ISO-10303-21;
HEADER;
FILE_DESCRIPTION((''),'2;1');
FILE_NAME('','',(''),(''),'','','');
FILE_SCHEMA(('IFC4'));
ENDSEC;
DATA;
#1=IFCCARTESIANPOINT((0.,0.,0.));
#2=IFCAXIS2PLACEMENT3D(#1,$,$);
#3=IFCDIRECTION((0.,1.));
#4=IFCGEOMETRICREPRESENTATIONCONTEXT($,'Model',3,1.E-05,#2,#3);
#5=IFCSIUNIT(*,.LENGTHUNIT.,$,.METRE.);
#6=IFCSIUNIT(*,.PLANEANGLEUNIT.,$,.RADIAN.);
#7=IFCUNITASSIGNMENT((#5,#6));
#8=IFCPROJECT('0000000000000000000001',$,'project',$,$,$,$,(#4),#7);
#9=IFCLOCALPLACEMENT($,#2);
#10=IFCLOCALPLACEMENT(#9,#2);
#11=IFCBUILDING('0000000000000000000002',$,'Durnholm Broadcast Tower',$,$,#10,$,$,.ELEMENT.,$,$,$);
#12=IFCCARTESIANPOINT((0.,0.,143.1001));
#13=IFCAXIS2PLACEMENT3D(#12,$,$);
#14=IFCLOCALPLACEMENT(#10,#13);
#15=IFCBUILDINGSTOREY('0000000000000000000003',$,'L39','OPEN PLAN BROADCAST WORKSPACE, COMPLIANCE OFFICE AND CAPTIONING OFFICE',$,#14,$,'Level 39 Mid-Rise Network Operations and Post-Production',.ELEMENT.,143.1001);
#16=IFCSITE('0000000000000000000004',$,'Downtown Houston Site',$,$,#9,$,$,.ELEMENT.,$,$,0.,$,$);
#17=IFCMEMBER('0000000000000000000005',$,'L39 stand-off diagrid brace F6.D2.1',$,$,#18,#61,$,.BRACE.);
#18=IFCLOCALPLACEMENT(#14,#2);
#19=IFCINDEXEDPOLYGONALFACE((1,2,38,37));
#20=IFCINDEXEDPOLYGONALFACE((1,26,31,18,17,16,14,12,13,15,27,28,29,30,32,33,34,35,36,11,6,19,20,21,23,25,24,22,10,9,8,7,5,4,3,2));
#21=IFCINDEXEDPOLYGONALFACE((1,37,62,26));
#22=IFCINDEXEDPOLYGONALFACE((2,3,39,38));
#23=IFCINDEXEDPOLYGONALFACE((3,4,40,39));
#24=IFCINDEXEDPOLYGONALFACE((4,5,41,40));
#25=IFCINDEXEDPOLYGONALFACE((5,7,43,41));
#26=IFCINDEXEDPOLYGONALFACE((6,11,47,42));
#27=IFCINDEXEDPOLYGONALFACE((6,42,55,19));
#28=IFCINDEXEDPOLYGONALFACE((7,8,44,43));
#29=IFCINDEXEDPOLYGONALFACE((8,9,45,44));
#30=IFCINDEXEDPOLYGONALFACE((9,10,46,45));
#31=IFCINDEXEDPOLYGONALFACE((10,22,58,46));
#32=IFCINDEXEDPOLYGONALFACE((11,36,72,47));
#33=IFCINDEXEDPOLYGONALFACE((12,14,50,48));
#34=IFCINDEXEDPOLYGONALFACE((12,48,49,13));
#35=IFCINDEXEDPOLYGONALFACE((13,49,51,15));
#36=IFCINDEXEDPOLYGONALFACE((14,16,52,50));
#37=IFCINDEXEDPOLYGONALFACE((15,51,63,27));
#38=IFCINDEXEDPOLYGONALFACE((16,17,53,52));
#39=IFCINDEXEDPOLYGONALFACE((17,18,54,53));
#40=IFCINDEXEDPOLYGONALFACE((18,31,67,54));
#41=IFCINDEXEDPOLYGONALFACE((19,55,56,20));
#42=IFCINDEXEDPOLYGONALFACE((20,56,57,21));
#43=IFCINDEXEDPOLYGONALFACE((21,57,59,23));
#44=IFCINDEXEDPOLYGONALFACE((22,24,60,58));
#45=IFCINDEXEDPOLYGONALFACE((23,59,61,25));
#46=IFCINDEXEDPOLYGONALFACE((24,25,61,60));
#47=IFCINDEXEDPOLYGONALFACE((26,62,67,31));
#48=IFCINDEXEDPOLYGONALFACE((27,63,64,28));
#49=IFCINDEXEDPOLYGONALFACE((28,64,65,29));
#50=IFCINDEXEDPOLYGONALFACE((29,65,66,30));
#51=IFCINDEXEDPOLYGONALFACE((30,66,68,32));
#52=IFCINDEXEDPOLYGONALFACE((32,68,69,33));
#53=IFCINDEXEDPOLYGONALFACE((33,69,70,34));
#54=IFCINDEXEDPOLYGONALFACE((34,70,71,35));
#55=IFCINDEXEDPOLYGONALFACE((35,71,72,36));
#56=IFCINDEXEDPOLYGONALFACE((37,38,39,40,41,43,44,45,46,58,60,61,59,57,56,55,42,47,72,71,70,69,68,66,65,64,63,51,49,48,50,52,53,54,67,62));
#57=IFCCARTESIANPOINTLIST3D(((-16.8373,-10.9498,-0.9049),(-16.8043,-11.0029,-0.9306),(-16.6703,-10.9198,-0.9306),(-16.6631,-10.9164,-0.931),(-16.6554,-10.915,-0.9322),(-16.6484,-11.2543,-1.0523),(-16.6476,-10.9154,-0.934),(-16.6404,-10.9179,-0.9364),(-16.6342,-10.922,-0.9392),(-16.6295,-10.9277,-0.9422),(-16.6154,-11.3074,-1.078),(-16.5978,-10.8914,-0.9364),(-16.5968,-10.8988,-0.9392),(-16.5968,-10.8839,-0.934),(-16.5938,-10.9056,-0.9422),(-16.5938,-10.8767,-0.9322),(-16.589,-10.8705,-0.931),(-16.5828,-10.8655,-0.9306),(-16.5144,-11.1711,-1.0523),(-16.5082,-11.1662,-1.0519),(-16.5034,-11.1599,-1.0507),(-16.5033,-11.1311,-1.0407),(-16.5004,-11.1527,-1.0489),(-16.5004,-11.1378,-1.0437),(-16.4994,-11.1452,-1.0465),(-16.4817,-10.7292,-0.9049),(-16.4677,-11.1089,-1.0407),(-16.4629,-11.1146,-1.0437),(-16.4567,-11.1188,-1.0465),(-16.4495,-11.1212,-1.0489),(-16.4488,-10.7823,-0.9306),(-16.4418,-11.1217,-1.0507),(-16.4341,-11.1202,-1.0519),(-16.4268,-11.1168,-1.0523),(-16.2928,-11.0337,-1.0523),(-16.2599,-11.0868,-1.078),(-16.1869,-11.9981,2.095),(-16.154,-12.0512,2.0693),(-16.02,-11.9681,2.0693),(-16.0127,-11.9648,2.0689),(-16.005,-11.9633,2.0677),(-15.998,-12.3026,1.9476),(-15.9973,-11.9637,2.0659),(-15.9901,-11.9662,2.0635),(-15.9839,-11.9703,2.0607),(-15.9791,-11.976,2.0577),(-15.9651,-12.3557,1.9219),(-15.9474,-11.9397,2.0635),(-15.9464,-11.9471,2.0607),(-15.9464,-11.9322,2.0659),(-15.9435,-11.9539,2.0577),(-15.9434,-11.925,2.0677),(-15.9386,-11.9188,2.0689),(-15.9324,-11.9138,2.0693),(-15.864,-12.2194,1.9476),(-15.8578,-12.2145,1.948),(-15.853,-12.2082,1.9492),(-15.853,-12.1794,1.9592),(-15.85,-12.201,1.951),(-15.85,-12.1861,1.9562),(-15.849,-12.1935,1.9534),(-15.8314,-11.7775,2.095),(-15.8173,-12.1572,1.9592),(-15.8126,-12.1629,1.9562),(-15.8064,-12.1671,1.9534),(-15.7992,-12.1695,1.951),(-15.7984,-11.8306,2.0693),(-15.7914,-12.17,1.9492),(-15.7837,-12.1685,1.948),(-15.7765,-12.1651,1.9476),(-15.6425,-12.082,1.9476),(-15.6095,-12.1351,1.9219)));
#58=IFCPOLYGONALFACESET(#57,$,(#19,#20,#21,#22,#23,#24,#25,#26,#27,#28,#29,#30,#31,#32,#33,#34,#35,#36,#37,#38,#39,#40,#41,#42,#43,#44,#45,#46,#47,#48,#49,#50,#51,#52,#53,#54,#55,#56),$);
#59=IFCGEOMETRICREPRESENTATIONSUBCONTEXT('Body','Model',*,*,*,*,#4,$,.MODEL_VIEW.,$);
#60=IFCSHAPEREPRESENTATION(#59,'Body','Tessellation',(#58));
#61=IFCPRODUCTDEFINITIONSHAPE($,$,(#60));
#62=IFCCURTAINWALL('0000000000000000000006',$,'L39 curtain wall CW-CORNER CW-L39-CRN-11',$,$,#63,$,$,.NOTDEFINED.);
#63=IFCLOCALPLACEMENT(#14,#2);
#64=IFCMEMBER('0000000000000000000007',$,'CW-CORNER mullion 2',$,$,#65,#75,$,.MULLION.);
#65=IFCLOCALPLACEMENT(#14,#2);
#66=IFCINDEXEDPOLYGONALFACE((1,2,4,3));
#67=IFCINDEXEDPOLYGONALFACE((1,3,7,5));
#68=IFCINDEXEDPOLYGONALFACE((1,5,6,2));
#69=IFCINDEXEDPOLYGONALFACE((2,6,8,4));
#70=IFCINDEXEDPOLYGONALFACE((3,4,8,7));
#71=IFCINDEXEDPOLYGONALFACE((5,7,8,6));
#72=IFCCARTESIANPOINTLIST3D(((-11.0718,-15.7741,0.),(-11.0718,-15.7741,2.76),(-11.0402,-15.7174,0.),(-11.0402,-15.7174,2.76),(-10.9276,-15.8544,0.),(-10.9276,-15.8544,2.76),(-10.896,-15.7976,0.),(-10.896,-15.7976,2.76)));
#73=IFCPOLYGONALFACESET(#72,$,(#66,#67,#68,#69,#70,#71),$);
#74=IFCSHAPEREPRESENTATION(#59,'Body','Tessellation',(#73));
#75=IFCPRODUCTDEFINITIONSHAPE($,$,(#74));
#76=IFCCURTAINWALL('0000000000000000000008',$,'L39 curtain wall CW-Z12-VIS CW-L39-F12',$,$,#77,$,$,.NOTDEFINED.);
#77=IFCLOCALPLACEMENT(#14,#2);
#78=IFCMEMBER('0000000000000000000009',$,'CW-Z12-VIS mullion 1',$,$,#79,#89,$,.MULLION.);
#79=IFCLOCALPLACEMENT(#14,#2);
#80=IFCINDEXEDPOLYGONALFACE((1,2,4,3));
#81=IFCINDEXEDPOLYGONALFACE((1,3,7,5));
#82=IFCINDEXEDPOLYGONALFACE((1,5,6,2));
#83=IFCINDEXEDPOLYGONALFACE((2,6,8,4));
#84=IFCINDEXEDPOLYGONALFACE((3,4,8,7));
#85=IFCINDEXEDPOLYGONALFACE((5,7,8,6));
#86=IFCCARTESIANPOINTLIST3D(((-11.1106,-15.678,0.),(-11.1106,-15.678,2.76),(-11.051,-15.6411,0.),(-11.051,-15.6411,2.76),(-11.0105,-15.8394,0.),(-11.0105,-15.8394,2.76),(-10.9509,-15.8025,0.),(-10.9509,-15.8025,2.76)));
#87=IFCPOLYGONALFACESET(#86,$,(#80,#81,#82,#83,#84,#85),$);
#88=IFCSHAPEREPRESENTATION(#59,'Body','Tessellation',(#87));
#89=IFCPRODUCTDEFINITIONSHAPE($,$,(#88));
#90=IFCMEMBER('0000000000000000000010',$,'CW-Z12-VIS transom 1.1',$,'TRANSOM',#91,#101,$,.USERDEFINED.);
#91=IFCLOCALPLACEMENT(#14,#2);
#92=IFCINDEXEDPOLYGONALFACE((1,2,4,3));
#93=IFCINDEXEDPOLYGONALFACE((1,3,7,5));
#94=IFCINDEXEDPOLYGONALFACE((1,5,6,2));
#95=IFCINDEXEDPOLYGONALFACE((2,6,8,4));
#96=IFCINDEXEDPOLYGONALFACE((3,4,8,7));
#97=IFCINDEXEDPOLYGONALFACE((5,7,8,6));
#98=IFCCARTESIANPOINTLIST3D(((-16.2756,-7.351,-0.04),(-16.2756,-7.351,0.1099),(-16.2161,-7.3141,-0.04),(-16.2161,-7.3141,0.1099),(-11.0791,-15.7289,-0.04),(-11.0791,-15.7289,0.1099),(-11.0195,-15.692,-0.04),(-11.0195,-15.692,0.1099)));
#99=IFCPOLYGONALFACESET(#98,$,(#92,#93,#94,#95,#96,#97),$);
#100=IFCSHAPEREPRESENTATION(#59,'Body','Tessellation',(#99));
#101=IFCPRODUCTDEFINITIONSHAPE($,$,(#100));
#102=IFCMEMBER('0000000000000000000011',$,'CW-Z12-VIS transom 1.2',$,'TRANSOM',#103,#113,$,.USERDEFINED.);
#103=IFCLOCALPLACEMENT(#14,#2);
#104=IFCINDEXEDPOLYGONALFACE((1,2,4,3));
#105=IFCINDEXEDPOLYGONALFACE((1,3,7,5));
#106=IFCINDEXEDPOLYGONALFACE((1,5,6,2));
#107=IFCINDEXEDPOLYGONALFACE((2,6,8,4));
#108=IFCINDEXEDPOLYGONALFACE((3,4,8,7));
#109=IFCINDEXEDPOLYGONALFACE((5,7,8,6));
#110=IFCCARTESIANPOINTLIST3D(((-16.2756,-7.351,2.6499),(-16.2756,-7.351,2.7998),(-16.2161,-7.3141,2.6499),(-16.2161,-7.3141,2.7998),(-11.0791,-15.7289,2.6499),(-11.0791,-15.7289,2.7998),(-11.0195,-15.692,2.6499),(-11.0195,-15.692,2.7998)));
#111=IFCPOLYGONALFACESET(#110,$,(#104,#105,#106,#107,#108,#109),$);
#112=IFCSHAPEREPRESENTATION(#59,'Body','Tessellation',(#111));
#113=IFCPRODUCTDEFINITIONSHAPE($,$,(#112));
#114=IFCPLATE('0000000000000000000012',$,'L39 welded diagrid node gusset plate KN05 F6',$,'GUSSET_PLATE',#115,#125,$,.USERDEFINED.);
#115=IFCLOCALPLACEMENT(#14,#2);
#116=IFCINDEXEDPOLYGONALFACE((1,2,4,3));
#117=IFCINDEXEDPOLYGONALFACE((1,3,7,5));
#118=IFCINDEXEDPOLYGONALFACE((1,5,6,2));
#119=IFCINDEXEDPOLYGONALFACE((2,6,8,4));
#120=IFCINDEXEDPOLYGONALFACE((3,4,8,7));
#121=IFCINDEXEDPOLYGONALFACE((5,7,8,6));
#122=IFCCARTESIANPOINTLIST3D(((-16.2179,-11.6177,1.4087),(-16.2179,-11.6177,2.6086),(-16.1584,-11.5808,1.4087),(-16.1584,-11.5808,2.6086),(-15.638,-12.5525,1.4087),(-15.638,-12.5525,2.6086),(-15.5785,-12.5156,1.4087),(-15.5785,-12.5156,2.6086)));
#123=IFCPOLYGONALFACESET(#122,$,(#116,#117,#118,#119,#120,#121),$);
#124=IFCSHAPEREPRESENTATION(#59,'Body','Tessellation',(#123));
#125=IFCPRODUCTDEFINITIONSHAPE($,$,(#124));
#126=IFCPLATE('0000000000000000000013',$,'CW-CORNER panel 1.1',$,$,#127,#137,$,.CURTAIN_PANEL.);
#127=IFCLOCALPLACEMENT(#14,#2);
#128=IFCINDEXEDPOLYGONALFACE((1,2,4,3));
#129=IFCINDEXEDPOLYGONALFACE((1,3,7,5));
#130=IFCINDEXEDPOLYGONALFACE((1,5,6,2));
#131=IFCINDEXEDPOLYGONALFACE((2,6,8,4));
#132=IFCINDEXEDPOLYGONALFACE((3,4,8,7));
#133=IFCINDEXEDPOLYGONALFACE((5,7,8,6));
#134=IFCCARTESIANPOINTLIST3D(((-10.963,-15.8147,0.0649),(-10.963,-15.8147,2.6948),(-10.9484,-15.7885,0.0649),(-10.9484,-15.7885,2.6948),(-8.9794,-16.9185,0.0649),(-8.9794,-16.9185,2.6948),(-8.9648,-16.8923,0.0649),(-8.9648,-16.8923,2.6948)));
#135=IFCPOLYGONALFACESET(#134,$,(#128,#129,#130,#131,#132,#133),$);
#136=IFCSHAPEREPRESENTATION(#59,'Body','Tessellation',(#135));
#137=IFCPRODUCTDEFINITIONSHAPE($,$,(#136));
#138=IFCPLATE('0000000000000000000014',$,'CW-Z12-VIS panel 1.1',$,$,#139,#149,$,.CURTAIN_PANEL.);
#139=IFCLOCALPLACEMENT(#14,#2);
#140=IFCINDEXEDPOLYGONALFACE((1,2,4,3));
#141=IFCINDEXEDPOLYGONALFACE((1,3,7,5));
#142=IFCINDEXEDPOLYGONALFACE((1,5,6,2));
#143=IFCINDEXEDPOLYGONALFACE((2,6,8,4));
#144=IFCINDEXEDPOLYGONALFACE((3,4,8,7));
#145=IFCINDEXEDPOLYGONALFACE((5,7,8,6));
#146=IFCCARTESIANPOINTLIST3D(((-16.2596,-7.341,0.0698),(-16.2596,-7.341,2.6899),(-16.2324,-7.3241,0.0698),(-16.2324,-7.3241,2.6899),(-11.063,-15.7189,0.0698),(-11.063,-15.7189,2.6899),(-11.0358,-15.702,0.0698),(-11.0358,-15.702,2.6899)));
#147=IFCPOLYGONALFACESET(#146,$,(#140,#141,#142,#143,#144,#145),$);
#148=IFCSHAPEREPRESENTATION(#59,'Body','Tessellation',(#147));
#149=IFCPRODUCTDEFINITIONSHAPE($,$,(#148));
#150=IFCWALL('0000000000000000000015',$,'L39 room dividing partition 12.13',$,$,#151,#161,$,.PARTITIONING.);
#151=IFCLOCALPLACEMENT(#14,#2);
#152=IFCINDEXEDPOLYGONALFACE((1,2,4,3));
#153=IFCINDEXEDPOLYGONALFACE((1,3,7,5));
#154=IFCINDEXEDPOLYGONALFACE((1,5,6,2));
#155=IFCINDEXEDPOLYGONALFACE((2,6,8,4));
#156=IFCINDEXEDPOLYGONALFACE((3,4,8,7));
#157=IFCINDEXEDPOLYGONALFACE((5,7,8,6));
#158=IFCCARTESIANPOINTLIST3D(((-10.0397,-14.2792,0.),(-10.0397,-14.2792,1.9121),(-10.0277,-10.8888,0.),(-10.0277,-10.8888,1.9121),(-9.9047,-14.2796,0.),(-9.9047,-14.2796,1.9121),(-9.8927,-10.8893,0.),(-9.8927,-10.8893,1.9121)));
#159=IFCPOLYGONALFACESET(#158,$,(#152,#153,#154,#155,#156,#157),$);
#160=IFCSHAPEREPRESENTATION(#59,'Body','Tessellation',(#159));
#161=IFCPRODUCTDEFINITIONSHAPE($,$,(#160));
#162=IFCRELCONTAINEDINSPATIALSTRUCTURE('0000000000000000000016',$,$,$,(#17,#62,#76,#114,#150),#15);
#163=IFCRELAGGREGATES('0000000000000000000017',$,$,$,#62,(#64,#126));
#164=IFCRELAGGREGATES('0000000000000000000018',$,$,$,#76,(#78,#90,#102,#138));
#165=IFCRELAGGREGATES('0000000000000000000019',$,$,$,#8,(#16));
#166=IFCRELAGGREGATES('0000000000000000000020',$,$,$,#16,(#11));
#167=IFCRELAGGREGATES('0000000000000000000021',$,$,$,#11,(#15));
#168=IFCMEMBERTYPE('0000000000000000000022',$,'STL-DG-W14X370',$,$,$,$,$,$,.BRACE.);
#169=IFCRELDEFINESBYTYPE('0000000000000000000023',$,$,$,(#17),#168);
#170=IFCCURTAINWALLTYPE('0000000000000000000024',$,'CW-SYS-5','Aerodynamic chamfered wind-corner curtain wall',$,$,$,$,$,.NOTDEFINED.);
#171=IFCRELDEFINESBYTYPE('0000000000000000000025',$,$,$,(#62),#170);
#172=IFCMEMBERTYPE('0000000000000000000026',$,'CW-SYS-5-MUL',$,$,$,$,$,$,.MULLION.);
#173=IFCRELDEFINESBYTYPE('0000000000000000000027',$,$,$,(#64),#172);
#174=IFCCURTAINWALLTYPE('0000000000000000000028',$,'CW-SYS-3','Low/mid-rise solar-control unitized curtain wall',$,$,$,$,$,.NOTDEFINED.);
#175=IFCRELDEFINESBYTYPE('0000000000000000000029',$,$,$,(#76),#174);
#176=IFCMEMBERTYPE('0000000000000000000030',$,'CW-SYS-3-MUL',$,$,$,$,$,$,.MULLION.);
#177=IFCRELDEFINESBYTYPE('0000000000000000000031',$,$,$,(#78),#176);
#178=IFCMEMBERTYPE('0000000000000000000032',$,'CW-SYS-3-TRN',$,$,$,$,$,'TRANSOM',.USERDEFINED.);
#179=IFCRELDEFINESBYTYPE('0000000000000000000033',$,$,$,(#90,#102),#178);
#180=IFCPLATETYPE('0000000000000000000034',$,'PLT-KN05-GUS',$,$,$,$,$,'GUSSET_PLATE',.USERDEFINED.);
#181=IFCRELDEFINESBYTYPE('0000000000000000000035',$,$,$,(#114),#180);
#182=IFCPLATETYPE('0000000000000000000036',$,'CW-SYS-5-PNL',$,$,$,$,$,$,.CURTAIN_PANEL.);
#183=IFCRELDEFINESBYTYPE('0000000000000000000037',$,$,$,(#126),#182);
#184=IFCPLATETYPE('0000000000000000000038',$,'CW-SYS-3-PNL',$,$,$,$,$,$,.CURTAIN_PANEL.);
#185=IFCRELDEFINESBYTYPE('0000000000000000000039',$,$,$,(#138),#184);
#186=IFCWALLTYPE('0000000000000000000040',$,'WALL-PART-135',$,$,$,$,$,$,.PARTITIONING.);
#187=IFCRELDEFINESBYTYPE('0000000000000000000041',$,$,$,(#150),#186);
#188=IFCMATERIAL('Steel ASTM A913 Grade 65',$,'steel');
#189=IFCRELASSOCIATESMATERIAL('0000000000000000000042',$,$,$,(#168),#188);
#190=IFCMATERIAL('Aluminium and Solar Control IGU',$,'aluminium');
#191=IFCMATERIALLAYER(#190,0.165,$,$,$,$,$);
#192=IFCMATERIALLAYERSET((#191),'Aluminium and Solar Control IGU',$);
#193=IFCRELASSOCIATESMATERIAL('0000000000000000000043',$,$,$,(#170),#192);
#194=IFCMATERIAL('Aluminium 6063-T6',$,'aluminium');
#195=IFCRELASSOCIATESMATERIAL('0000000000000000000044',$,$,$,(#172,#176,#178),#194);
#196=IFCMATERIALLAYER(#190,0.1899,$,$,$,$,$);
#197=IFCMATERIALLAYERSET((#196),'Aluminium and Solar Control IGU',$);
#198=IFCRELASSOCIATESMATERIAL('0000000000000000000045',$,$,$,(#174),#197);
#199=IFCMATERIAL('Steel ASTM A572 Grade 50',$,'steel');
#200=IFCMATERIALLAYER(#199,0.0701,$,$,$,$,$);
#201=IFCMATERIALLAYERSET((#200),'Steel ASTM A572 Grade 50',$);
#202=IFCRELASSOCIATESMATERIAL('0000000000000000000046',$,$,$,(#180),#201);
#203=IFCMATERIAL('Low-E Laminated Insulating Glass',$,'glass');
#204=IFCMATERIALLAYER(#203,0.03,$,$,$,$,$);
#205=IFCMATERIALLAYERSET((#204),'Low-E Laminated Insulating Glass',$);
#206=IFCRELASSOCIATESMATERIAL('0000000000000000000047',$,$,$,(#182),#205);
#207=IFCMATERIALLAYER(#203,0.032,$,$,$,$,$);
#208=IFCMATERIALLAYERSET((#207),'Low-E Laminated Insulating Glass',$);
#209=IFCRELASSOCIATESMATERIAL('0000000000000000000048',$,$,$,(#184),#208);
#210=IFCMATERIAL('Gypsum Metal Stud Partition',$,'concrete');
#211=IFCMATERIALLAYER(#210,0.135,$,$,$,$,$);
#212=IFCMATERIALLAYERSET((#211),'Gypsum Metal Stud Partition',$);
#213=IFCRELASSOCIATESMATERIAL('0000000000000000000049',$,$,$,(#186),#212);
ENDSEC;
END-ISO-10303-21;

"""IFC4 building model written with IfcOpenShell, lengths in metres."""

from ifc_helpers import new_model, si_unit, direction, frame, frame_2d, origin, origin_2d, place, context, subcontext, project, spatial, rectangle, i_section, extrude, source, transform, mapped, material, layer, layer_set, material_profile, profile_set, type_object, type_shapes, element, aggregate, save


model = new_model("IFC4")

# Units and contexts
model_context = context("Model", 3, precision=1e-05, world=origin(), true_north=direction((0.0, 1.0)))
body_context = subcontext(model_context, "Body", "Model", "MODEL_VIEW")
ifc_project = project(units=[si_unit("LENGTHUNIT", "METRE"), si_unit("PLANEANGLEUNIT", "RADIAN")], contexts=[model_context])

# Site, building, storey
site_placement = place(None, origin())
site = spatial("IfcSite", under=ifc_project, at=site_placement, Name="Downtown Houston Site", CompositionType="ELEMENT", RefElevation=0.0)
building_placement = place(site_placement, origin())
building = spatial("IfcBuilding", under=site, at=building_placement, Name="Durnholm Broadcast Tower", CompositionType="ELEMENT")
storey_placement = place(building_placement, frame((0.0, 0.0, 143.1001)))
storey = spatial("IfcBuildingStorey", under=building, at=storey_placement, Name="L39", Description="OPEN PLAN BROADCAST WORKSPACE, COMPLIANCE OFFICE AND CAPTIONING OFFICE", LongName="Level 39 Mid-Rise Network Operations and Post-Production", CompositionType="ELEMENT", Elevation=143.1001)

# Member
ifc_material_1 = material(Name="Steel ASTM A913 Grade 65", Category="steel")
ifc_material_profile_1 = material_profile(ifc_material_1, i_section(OverallWidth=0.4185, OverallDepth=0.4551, WebThickness=0.042, FlangeThickness=0.0676, FilletRadius=0.0305, at=origin_2d()), Name="W14X370")
ifc_profile_set_1 = profile_set([ifc_material_profile_1], Name="Steel ASTM A913 Grade 65")
member_type_1 = type_object("IfcMemberType", Name="STL-DG-W14X370", PredefinedType="BRACE", material=ifc_profile_set_1)
shared_shape_1 = source(origin(), body_context, "Body", "SweptSolid", [
    extrude(i_section(OverallWidth=0.4185, OverallDepth=0.4551, WebThickness=0.042, FlangeThickness=0.0676, FilletRadius=0.0305, at=origin_2d()), origin(), (0.0, 0.0, 1.0), 3.2437),
])
member_1_placement = place(storey_placement, frame((-16.5486, -11.0183, -0.9915), z_axis=(0.200505, -0.323186, 0.924851), x_axis=(0.84975, 0.527186, 0.0)))
element("IfcMember", 1, at=member_1_placement, inside=storey, type_object=member_type_1, Name="L39 stand-off diagrid brace F6.D2.1", PredefinedType="BRACE", context=body_context, shape_type="MappedRepresentation", body=[
    mapped(shared_shape_1, transform((0.0, 0.0, 0.0), x_axis=(1.0, 0.0, 0.0), y_axis=(0.0, 1.0, 0.0), z_axis=(0.0, 0.0, 1.0), scale=1.0)),
])

# Curtain wall, member
ifc_material_2 = material(Name="Aluminium and Solar Control IGU", Category="aluminium")
ifc_layer_1 = layer(ifc_material_2, 0.165)
ifc_layer_set_1 = layer_set([ifc_layer_1], Name="Aluminium and Solar Control IGU")
curtain_wall_type_1 = type_object("IfcCurtainWallType", Name="CW-SYS-5", Description="Aerodynamic chamfered wind-corner curtain wall", PredefinedType="NOTDEFINED", material=ifc_layer_set_1)
curtain_wall_1_placement = place(storey_placement, origin())
curtain_wall_1 = element("IfcCurtainWall", 2, at=curtain_wall_1_placement, inside=storey, type_object=curtain_wall_type_1, Name="L39 curtain wall CW-CORNER CW-L39-CRN-11", PredefinedType="NOTDEFINED")
ifc_material_3 = material(Name="Aluminium 6063-T6", Category="aluminium")
ifc_material_profile_2 = material_profile(ifc_material_3, rectangle(XDim=0.0649, YDim=0.165, at=origin_2d()), Name="CWM65X165")
ifc_profile_set_2 = profile_set([ifc_material_profile_2], Name="Aluminium 6063-T6")
member_type_2 = type_object("IfcMemberType", Name="CW-SYS-5-MUL", PredefinedType="MULLION", material=ifc_profile_set_2)
shared_shape_2 = source(origin(), body_context, "Body", "SweptSolid", [
    extrude(rectangle(XDim=0.0649, YDim=0.165, at=origin_2d()), origin(), (0.0, 0.0, 1.0), 2.76),
])
type_shapes(member_type_2, [shared_shape_2])
member_2_placement = place(storey_placement, frame((-10.9839, -15.7859, 0.0), z_axis=(0.0, 0.0, 1.0), x_axis=(-0.486244, -0.873823, 0.0)))
member_2 = element("IfcMember", 3, at=member_2_placement, type_object=member_type_2, Name="CW-CORNER mullion 2", PredefinedType="MULLION", context=body_context, shape_type="MappedRepresentation", body=[
    mapped(shared_shape_2, transform((0.0, 0.0, 0.0), x_axis=(1.0, 0.0, 0.0), y_axis=(0.0, 1.0, 0.0), z_axis=(0.0, 0.0, 1.0), scale=1.0)),
])

# Curtain wall, members
ifc_layer_2 = layer(ifc_material_2, 0.1899)
ifc_layer_set_2 = layer_set([ifc_layer_2], Name="Aluminium and Solar Control IGU")
curtain_wall_type_2 = type_object("IfcCurtainWallType", Name="CW-SYS-3", Description="Low/mid-rise solar-control unitized curtain wall", PredefinedType="NOTDEFINED", material=ifc_layer_set_2)
curtain_wall_2_placement = place(storey_placement, origin())
curtain_wall_2 = element("IfcCurtainWall", 4, at=curtain_wall_2_placement, inside=storey, type_object=curtain_wall_type_2, Name="L39 curtain wall CW-Z12-VIS CW-L39-F12", PredefinedType="NOTDEFINED")
ifc_material_profile_3 = material_profile(ifc_material_3, rectangle(XDim=0.0701, YDim=0.1899, at=origin_2d()), Name="CWM70X190")
ifc_profile_set_3 = profile_set([ifc_material_profile_3], Name="Aluminium 6063-T6")
member_type_3 = type_object("IfcMemberType", Name="CW-SYS-3-MUL", PredefinedType="MULLION", material=ifc_profile_set_3)
shared_shape_3 = source(origin(), body_context, "Body", "SweptSolid", [
    extrude(rectangle(XDim=0.0701, YDim=0.1899, at=origin_2d()), origin(), (0.0, 0.0, 1.0), 2.76),
])
type_shapes(member_type_3, [shared_shape_3])
member_3_placement = place(storey_placement, frame((-11.0308, -15.7402, 0.0), z_axis=(0.0, 0.0, 1.0), x_axis=(-0.8498, -0.527105, 0.0)))
member_3 = element("IfcMember", 5, at=member_3_placement, type_object=member_type_3, Name="CW-Z12-VIS mullion 1", PredefinedType="MULLION", context=body_context, shape_type="MappedRepresentation", body=[
    mapped(shared_shape_3, transform((0.0, 0.0, 0.0), x_axis=(1.0, 0.0, 0.0), y_axis=(0.0, 1.0, 0.0), z_axis=(0.0, 0.0, 1.0), scale=1.0)),
])
ifc_material_profile_4 = material_profile(ifc_material_3, rectangle(XDim=0.0701, YDim=0.1499, at=origin_2d()), Name="CWT70X150")
ifc_profile_set_4 = profile_set([ifc_material_profile_4], Name="Aluminium 6063-T6")
member_type_4 = type_object("IfcMemberType", Name="CW-SYS-3-TRN", ElementType="TRANSOM", PredefinedType="USERDEFINED", material=ifc_profile_set_4)
shared_shape_4 = source(origin(), body_context, "Body", "SweptSolid", [
    extrude(rectangle(XDim=0.0701, YDim=0.1499, at=origin_2d()), origin(), (0.0, 0.0, 1.0), 9.8586),
])
type_shapes(member_type_4, [shared_shape_4])
member_4_placement = place(storey_placement, frame((-11.0493, -15.7104, 0.0349), z_axis=(-0.527102, 0.849802, 0.0), x_axis=(-0.849802, -0.527102, 0.0)))
member_4 = element("IfcMember", 6, at=member_4_placement, type_object=member_type_4, Name="CW-Z12-VIS transom 1.1", ObjectType="TRANSOM", PredefinedType="USERDEFINED", context=body_context, shape_type="MappedRepresentation", body=[
    mapped(shared_shape_4, transform((0.0, 0.0, 0.0), x_axis=(1.0, 0.0, 0.0), y_axis=(0.0, 1.0, 0.0), z_axis=(0.0, 0.0, 1.0), scale=1.0)),
])
member_5_placement = place(storey_placement, frame((-11.0493, -15.7104, 2.7249), z_axis=(-0.527102, 0.849802, 0.0), x_axis=(-0.849802, -0.527102, 0.0)))
member_5 = element("IfcMember", 7, at=member_5_placement, type_object=member_type_4, Name="CW-Z12-VIS transom 1.2", ObjectType="TRANSOM", PredefinedType="USERDEFINED", context=body_context, shape_type="MappedRepresentation", body=[
    mapped(shared_shape_4, transform((0.0, 0.0, 0.0), x_axis=(1.0, 0.0, 0.0), y_axis=(0.0, 1.0, 0.0), z_axis=(0.0, 0.0, 1.0), scale=1.0)),
])

# Plates
ifc_material_4 = material(Name="Steel ASTM A572 Grade 50", Category="steel")
ifc_layer_3 = layer(ifc_material_4, 0.0701)
ifc_layer_set_3 = layer_set([ifc_layer_3], Name="Steel ASTM A572 Grade 50")
plate_type_1 = type_object("IfcPlateType", Name="PLT-KN05-GUS", ElementType="GUSSET_PLATE", PredefinedType="USERDEFINED", material=ifc_layer_set_3)
shared_shape_5 = source(origin(), body_context, "Body", "SweptSolid", [
    extrude(rectangle(XDim=1.1001, YDim=0.0701, at=origin_2d()), origin(), (0.0, 0.0, 1.0), 1.2),
])
type_shapes(plate_type_1, [shared_shape_5])
plate_1_placement = place(storey_placement, frame((-15.8982, -12.0667, 1.4087), z_axis=(0.0, 0.0, 1.0), x_axis=(0.527104, -0.849801, 0.0)))
element("IfcPlate", 8, at=plate_1_placement, inside=storey, type_object=plate_type_1, Name="L39 welded diagrid node gusset plate KN05 F6", ObjectType="GUSSET_PLATE", PredefinedType="USERDEFINED", context=body_context, shape_type="MappedRepresentation", body=[
    mapped(shared_shape_5, transform((0.0, 0.0, 0.0), x_axis=(1.0, 0.0, 0.0), y_axis=(0.0, 1.0, 0.0), z_axis=(0.0, 0.0, 1.0), scale=1.0)),
])
ifc_material_5 = material(Name="Low-E Laminated Insulating Glass", Category="glass")
ifc_layer_4 = layer(ifc_material_5, 0.03)
ifc_layer_set_4 = layer_set([ifc_layer_4], Name="Low-E Laminated Insulating Glass")
plate_type_2 = type_object("IfcPlateType", Name="CW-SYS-5-PNL", PredefinedType="CURTAIN_PANEL", material=ifc_layer_set_4)
shared_shape_6 = source(origin(), body_context, "Body", "SweptSolid", [
    extrude(rectangle(XDim=2.27, YDim=0.03, at=origin_2d()), origin(), (0.0, 0.0, 1.0), 2.6299),
])
type_shapes(plate_type_2, [shared_shape_6])
plate_2_placement = place(storey_placement, frame((-9.9639, -16.3535, 0.0649), z_axis=(0.0, 0.0, 1.0), x_axis=(-0.873823, 0.486244, 0.0)))
plate_2 = element("IfcPlate", 9, at=plate_2_placement, type_object=plate_type_2, Name="CW-CORNER panel 1.1", PredefinedType="CURTAIN_PANEL", context=body_context, shape_type="MappedRepresentation", body=[
    mapped(shared_shape_6, transform((0.0, 0.0, 0.0), x_axis=(1.0, 0.0, 0.0), y_axis=(0.0, 1.0, 0.0), z_axis=(0.0, 0.0, 1.0), scale=1.0)),
])
aggregate(curtain_wall_1, [member_2, plate_2])
ifc_layer_5 = layer(ifc_material_5, 0.032)
ifc_layer_set_5 = layer_set([ifc_layer_5], Name="Low-E Laminated Insulating Glass")
plate_type_3 = type_object("IfcPlateType", Name="CW-SYS-3-PNL", PredefinedType="CURTAIN_PANEL", material=ifc_layer_set_5)
shared_shape_7 = source(origin(), body_context, "Body", "SweptSolid", [
    extrude(rectangle(XDim=9.8586, YDim=0.032, at=origin_2d()), origin(), (0.0, 0.0, 1.0), 2.6201),
])
type_shapes(plate_type_3, [shared_shape_7])
plate_3_placement = place(storey_placement, frame((-13.6477, -11.5215, 0.0698), z_axis=(0.0, 0.0, 1.0), x_axis=(-0.527105, 0.8498, 0.0)))
plate_3 = element("IfcPlate", 10, at=plate_3_placement, type_object=plate_type_3, Name="CW-Z12-VIS panel 1.1", PredefinedType="CURTAIN_PANEL", context=body_context, shape_type="MappedRepresentation", body=[
    mapped(shared_shape_7, transform((0.0, 0.0, 0.0), x_axis=(1.0, 0.0, 0.0), y_axis=(0.0, 1.0, 0.0), z_axis=(0.0, 0.0, 1.0), scale=1.0)),
])
aggregate(curtain_wall_2, [member_3, member_4, member_5, plate_3])

# Wall
ifc_material_6 = material(Name="Gypsum Metal Stud Partition", Category="concrete")
ifc_layer_6 = layer(ifc_material_6, 0.135)
ifc_layer_set_6 = layer_set([ifc_layer_6], Name="Gypsum Metal Stud Partition")
wall_type_1 = type_object("IfcWallType", Name="WALL-PART-135", PredefinedType="PARTITIONING", material=ifc_layer_set_6)
wall_1_placement = place(storey_placement, frame((-9.9602, -10.8889, 0.0), z_axis=(0.0, 0.0, 1.0), x_axis=(-0.003528, -0.999994, 0.0)))
element("IfcWall", 11, at=wall_1_placement, inside=storey, type_object=wall_type_1, Name="L39 room dividing partition 12.13", PredefinedType="PARTITIONING", context=body_context, shape_type="SweptSolid", body=[
    extrude(rectangle(XDim=3.3904, YDim=0.135, at=frame_2d((1.6953, 0.0))), origin(), (0.0, 0.0, 1.0), 1.9121),
])

save(model, "model.ifc")
